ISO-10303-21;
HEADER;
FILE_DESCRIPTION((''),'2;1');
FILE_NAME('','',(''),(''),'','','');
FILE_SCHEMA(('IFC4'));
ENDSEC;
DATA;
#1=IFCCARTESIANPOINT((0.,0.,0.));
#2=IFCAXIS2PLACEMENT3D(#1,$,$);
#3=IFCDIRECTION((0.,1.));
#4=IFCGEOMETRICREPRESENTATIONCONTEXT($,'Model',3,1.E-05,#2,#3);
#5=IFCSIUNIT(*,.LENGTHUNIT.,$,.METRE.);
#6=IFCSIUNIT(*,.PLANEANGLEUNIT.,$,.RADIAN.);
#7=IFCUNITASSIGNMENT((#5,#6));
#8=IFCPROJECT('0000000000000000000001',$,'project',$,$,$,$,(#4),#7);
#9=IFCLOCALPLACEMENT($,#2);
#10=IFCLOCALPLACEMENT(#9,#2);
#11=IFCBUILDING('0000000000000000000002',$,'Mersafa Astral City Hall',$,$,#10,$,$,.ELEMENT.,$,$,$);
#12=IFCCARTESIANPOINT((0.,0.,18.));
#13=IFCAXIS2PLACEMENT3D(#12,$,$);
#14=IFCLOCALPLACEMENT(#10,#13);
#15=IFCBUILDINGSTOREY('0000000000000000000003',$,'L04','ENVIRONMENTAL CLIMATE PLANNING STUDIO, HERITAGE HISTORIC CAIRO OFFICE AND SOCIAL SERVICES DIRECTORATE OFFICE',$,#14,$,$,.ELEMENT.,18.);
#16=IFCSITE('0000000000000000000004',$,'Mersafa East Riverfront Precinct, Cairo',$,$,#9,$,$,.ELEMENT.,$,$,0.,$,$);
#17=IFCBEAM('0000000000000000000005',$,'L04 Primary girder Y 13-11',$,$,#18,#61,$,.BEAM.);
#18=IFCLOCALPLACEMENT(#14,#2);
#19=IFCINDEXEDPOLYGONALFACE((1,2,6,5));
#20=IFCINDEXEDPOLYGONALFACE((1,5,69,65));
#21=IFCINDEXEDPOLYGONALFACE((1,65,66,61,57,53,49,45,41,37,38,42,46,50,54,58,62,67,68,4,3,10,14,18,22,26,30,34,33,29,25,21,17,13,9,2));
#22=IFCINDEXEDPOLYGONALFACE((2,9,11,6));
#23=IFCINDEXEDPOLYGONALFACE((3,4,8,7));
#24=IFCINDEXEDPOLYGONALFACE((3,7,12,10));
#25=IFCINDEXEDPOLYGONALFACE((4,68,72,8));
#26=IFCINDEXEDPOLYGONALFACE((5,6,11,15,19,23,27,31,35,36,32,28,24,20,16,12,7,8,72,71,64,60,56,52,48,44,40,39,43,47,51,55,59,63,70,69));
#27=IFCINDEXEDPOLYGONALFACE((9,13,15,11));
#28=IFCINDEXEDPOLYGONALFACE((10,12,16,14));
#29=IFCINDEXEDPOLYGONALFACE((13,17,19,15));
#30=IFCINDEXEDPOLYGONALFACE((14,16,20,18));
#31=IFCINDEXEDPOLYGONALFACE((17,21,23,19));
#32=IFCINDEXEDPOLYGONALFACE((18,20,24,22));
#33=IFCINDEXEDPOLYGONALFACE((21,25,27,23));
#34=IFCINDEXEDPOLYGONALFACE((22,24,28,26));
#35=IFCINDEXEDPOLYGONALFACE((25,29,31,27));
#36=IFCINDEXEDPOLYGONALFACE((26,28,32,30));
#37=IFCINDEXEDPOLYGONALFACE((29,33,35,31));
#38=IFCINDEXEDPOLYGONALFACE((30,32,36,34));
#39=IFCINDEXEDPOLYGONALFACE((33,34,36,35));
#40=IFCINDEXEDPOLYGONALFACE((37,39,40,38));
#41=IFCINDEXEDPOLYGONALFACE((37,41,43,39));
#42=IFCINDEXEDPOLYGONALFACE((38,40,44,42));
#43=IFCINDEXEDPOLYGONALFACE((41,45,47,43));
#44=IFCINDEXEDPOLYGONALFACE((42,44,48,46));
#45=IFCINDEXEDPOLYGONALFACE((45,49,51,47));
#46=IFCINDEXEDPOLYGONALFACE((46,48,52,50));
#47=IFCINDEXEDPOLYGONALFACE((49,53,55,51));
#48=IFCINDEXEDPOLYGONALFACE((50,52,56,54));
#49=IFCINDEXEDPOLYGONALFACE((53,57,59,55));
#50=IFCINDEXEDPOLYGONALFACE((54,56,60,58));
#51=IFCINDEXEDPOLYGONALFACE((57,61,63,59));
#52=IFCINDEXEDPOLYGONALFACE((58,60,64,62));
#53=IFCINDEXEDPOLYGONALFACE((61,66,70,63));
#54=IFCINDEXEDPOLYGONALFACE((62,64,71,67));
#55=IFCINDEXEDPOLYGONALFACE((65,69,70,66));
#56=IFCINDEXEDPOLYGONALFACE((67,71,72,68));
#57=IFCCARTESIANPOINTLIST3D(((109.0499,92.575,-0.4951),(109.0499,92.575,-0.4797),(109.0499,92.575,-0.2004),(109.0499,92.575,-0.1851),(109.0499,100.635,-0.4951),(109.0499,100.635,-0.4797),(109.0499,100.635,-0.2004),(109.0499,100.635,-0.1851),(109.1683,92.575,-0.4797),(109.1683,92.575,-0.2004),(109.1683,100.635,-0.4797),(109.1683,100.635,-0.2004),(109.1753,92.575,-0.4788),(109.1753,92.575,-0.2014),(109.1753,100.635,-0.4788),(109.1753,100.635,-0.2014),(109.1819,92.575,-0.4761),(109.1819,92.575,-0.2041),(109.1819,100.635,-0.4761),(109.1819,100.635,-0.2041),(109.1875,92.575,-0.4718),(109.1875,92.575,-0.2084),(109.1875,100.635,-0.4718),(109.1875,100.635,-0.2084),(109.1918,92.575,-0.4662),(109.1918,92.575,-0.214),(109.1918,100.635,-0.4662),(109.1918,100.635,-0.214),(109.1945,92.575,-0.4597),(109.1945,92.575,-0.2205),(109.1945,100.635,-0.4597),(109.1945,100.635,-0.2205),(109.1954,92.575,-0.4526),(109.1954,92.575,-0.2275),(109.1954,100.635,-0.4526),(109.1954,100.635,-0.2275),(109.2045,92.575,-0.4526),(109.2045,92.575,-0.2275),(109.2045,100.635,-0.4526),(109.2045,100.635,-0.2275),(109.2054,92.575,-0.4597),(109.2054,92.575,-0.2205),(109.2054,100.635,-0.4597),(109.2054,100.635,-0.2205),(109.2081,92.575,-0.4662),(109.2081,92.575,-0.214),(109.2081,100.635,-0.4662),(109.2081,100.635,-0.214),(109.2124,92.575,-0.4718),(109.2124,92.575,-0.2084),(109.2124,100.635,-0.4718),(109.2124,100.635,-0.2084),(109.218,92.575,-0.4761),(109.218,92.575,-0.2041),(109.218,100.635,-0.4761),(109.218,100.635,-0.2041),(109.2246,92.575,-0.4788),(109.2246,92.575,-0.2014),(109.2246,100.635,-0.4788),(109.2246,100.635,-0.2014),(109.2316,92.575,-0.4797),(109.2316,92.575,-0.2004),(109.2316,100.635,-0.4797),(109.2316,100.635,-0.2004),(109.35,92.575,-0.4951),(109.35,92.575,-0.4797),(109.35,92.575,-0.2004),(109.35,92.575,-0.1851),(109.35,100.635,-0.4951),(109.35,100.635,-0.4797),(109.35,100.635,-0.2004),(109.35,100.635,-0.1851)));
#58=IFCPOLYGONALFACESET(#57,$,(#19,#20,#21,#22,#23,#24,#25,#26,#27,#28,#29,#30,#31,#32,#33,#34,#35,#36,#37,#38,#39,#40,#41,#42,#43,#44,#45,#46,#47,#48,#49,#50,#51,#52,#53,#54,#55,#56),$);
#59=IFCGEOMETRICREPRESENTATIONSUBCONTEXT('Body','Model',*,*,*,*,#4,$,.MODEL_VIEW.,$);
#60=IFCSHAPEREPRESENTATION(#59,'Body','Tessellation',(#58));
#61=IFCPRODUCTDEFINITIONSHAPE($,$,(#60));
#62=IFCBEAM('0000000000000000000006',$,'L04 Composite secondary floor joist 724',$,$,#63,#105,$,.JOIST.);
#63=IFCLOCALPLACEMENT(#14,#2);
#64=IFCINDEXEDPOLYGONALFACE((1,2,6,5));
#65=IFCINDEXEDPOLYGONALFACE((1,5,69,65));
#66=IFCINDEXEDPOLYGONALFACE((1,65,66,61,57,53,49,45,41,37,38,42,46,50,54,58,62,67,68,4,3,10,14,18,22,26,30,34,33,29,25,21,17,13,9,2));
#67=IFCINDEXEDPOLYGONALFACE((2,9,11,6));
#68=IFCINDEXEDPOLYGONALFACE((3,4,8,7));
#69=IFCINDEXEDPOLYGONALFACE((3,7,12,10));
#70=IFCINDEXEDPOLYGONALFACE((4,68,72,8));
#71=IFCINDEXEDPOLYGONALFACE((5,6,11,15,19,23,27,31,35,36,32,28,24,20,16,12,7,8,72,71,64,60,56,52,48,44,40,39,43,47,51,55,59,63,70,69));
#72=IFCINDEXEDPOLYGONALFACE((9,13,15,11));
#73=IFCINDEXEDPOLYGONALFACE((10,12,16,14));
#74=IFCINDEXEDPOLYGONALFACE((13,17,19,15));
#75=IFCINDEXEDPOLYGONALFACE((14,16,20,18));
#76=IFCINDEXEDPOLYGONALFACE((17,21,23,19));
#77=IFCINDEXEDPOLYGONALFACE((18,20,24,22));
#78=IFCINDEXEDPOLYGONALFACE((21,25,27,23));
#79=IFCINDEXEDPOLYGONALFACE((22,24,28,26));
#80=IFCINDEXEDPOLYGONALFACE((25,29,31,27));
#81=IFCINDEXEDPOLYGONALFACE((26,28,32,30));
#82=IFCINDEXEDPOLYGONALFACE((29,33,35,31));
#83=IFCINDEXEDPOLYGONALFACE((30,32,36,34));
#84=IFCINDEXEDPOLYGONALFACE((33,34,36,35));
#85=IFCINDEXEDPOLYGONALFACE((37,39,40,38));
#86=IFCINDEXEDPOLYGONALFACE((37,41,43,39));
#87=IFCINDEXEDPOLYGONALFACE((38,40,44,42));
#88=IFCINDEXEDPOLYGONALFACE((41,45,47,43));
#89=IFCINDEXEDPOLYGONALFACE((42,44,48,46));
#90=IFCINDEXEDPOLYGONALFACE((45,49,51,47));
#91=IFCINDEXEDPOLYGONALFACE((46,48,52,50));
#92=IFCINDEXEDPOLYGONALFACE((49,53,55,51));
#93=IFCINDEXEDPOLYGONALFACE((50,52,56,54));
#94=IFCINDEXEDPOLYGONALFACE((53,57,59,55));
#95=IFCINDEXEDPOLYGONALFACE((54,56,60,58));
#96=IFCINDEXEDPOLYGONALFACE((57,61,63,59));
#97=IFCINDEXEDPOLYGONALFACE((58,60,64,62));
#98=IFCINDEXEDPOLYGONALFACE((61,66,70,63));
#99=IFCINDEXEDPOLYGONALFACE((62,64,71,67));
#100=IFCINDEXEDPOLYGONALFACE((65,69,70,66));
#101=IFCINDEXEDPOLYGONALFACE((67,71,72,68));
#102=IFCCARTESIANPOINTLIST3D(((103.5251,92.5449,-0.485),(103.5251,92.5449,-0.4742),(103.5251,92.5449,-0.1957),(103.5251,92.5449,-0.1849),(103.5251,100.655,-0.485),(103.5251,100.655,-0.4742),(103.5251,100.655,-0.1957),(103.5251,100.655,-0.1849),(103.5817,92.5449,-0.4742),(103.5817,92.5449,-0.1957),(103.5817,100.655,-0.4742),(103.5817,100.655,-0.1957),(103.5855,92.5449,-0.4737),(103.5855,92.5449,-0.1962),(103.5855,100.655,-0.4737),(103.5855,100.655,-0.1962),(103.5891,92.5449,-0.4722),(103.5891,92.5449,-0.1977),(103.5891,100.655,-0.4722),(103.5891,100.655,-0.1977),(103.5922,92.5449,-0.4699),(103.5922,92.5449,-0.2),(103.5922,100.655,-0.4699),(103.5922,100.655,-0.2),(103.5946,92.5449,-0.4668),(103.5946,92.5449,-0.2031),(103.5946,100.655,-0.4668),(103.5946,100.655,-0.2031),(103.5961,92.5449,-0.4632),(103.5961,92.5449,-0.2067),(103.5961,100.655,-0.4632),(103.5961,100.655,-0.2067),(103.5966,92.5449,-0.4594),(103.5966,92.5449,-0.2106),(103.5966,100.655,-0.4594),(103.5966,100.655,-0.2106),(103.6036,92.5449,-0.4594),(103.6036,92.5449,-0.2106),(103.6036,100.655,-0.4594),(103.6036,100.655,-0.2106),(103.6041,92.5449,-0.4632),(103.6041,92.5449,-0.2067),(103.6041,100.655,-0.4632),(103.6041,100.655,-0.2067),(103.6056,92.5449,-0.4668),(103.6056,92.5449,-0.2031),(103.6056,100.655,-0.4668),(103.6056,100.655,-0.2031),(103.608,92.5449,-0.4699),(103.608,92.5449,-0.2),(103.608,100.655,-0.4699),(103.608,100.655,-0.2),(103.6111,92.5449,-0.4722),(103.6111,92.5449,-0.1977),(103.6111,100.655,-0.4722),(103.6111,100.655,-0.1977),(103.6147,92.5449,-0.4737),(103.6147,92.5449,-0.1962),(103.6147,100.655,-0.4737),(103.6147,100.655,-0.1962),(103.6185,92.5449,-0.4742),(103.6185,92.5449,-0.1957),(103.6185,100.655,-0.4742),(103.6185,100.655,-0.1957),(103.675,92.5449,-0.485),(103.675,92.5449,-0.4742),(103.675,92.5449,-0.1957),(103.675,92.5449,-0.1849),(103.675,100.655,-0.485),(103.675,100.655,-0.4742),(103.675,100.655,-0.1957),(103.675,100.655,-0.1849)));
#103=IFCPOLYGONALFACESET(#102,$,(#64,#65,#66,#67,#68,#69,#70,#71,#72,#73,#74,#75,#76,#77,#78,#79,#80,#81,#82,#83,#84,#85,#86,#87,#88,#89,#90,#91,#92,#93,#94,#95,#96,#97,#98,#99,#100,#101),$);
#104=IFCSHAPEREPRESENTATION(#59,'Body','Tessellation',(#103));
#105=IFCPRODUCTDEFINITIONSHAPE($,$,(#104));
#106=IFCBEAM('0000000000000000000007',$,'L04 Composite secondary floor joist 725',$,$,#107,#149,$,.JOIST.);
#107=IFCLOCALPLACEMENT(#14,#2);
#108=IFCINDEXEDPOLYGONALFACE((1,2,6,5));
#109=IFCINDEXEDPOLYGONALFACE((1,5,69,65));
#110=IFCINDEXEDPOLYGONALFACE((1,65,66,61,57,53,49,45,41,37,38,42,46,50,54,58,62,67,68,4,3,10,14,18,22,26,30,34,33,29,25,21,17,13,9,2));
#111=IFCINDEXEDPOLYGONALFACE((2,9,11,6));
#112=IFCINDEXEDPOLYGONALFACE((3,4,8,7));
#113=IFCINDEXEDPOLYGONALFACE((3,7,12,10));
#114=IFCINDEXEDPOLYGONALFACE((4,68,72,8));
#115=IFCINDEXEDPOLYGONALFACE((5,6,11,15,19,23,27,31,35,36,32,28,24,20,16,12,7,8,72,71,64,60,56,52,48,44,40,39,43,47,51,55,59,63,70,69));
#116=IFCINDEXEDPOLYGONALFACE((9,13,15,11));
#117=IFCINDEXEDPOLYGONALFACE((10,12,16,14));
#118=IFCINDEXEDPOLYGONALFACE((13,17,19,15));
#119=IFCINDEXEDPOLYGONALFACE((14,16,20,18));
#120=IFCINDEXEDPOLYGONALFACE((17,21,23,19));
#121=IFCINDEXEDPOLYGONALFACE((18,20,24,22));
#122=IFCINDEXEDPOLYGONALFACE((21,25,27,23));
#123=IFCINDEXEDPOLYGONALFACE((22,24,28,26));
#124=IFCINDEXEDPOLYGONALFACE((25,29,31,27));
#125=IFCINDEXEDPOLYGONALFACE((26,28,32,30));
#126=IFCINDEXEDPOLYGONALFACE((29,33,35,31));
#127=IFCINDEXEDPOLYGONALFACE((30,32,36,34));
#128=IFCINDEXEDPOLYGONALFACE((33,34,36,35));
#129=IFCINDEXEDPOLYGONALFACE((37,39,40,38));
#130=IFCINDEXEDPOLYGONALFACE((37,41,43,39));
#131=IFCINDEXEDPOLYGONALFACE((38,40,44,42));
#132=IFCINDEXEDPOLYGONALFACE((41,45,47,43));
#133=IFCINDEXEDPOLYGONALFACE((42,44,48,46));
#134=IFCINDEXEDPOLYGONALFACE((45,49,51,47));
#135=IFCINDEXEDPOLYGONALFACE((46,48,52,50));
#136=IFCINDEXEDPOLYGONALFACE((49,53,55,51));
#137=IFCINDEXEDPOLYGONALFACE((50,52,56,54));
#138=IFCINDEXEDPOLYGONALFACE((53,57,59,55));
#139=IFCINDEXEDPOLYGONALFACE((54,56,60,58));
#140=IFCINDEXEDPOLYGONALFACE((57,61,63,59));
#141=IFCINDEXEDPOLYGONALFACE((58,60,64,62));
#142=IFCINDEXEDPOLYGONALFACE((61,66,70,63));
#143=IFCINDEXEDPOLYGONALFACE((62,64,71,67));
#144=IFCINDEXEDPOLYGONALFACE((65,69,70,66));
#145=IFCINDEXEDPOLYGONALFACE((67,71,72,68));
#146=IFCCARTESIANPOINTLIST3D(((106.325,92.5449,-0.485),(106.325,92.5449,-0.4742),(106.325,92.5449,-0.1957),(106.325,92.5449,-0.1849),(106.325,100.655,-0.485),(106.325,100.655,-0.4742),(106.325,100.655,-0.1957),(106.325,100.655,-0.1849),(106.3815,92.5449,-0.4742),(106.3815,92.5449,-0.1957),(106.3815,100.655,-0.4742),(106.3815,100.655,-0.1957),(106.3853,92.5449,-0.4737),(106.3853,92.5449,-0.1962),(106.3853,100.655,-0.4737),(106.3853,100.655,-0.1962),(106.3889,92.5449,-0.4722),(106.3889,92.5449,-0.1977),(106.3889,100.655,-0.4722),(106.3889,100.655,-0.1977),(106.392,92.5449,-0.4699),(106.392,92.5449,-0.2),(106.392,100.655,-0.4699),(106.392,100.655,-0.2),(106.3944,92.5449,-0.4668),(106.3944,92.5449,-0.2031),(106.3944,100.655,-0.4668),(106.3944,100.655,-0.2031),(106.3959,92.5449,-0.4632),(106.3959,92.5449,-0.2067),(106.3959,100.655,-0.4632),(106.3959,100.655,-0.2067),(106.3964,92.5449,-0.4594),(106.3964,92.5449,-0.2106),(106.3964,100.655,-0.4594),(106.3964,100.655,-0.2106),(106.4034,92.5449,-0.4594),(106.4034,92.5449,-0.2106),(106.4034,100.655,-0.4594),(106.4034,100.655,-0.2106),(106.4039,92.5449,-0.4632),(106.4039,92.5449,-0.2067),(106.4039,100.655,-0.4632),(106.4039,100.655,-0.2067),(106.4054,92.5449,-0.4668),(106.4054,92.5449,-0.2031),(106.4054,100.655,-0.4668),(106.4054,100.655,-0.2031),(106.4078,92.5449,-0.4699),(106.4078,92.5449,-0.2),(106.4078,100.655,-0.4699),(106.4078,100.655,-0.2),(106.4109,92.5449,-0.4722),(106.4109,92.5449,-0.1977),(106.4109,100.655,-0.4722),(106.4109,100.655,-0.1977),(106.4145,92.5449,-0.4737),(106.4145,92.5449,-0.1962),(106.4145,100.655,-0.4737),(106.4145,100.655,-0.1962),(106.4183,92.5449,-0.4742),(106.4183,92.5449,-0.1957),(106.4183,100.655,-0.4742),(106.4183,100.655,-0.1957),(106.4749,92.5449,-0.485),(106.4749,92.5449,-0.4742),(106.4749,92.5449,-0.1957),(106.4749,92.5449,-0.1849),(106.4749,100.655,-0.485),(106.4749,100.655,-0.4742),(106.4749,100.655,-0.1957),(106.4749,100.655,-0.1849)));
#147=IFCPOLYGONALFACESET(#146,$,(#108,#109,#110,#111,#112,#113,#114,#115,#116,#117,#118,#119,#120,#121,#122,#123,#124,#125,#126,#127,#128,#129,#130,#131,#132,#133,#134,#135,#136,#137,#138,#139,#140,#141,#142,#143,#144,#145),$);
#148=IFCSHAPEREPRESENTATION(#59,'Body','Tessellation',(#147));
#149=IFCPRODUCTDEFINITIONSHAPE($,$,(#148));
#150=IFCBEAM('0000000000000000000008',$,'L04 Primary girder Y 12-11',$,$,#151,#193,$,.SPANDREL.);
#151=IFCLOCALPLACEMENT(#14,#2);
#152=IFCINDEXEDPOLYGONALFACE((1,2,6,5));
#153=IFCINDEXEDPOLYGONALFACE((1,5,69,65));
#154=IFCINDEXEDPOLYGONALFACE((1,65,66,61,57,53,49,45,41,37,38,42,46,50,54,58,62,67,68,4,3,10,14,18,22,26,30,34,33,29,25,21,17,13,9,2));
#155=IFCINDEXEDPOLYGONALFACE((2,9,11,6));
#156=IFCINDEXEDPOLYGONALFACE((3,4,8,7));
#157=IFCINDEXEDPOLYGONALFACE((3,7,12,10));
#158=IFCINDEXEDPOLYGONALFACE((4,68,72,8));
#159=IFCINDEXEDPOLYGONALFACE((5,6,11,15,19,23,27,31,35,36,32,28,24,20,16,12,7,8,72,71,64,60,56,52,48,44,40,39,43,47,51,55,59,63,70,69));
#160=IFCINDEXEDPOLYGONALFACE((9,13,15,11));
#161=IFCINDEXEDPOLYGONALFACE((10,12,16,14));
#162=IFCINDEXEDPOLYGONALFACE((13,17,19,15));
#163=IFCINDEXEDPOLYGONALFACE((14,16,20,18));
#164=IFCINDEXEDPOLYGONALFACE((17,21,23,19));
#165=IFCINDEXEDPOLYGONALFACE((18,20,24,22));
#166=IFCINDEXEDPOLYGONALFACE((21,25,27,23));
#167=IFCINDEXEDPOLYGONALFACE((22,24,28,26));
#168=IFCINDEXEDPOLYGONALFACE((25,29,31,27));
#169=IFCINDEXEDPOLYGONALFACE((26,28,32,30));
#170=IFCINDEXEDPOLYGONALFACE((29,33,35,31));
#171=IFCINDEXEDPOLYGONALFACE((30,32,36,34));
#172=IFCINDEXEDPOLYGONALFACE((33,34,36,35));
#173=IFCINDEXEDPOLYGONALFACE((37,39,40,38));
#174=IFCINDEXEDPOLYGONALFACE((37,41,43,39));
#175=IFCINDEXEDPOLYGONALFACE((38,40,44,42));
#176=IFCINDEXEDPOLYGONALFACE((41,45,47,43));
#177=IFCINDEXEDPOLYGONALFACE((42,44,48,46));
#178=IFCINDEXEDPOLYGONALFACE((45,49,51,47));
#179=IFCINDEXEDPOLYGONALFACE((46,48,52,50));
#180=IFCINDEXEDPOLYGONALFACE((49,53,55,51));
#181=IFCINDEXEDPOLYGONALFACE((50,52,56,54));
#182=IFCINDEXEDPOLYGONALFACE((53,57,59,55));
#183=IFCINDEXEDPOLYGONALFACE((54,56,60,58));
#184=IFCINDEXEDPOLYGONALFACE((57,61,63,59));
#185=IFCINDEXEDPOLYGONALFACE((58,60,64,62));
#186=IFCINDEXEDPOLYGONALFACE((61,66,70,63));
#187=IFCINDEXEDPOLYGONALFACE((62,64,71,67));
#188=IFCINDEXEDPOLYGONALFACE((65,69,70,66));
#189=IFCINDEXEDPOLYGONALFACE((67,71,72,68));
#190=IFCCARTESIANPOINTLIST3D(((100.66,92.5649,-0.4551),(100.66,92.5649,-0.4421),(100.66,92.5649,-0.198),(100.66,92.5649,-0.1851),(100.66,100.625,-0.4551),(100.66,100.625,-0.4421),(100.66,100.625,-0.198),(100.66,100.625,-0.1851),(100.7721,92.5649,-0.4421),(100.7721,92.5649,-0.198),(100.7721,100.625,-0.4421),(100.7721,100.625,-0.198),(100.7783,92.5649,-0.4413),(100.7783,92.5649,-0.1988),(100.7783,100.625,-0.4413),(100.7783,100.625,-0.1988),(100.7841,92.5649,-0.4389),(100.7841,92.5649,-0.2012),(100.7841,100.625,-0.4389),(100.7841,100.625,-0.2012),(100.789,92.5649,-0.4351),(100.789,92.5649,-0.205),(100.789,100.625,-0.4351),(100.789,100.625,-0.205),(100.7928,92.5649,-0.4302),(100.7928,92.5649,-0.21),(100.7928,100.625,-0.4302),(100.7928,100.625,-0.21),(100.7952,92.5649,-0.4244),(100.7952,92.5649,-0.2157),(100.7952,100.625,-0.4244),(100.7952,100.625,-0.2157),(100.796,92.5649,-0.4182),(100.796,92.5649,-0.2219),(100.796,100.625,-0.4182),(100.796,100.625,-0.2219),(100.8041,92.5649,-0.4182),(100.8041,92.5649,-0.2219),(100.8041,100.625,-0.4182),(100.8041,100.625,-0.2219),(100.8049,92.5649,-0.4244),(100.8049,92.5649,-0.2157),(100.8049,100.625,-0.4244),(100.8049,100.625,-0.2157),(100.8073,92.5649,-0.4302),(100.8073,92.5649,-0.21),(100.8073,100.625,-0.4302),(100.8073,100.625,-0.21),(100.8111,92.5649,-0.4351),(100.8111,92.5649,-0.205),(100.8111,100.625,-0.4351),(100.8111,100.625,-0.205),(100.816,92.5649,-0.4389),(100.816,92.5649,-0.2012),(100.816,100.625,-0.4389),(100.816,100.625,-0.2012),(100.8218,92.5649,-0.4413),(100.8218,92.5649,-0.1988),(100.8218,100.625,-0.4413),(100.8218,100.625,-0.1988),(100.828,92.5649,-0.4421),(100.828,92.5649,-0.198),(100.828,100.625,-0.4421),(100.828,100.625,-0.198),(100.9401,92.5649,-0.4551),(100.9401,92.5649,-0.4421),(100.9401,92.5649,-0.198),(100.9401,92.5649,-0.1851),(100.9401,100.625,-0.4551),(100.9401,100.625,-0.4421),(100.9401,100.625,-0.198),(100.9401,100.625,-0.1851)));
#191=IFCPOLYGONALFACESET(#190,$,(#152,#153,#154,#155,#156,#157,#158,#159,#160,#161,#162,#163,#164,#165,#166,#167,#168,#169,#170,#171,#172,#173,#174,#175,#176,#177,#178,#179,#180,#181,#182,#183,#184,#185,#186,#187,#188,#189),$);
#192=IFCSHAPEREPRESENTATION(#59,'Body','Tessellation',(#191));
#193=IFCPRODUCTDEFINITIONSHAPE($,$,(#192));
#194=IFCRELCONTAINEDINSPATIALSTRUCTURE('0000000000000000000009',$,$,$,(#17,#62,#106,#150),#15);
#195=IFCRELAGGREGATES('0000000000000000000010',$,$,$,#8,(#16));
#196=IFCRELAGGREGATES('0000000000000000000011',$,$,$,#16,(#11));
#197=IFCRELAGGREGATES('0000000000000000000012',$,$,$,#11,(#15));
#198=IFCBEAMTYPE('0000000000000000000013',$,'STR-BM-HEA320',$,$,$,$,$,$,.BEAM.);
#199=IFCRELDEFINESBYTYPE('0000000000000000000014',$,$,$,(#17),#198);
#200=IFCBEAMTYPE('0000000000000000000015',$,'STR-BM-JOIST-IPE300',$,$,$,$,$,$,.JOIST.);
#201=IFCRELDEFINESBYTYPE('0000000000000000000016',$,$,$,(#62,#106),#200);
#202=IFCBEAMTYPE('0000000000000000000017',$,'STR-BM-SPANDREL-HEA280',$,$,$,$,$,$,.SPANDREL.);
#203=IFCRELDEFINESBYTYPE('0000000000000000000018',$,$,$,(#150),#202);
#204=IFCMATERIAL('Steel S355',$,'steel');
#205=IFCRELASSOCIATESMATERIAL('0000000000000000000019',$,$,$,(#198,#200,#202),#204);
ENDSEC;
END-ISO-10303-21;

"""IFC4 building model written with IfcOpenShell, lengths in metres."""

from ifc_helpers import new_model, si_unit, direction, frame, origin, origin_2d, place, context, subcontext, project, spatial, i_section, extrude, material, material_profile, profile_set, type_object, element, save


model = new_model("IFC4")

# Units and contexts
model_context = context("Model", 3, precision=1e-05, world=origin(), true_north=direction((0.0, 1.0)))
body_context = subcontext(model_context, "Body", "Model", "MODEL_VIEW")
ifc_project = project(units=[si_unit("LENGTHUNIT", "METRE"), si_unit("PLANEANGLEUNIT", "RADIAN")], contexts=[model_context])

# Site, building, storey
site_placement = place(None, origin())
site = spatial("IfcSite", under=ifc_project, at=site_placement, Name="Mersafa East Riverfront Precinct, Cairo", CompositionType="ELEMENT", RefElevation=0.0)
building_placement = place(site_placement, origin())
building = spatial("IfcBuilding", under=site, at=building_placement, Name="Mersafa Astral City Hall", CompositionType="ELEMENT")
storey_placement = place(building_placement, frame((0.0, 0.0, 18.0)))
storey = spatial("IfcBuildingStorey", under=building, at=storey_placement, Name="L04", Description="ENVIRONMENTAL CLIMATE PLANNING STUDIO, HERITAGE HISTORIC CAIRO OFFICE AND SOCIAL SERVICES DIRECTORATE OFFICE", CompositionType="ELEMENT", Elevation=18.0)

# Shared definitions
ifc_material_1 = material(Name="Steel S355", Category="steel")

# Beams
ifc_material_profile_1 = material_profile(ifc_material_1, i_section(OverallWidth=0.3, OverallDepth=0.3101, WebThickness=0.009, FlangeThickness=0.0154, FilletRadius=0.0271, at=origin_2d()), Name="HEA 320")
ifc_profile_set_1 = profile_set([ifc_material_profile_1], Name="Steel S355")
beam_type_1 = type_object("IfcBeamType", Name="STR-BM-HEA320", PredefinedType="BEAM", material=ifc_profile_set_1)
beam_1_placement = place(storey_placement, frame((109.2, 92.575, -0.3401), z_axis=(0.0, 1.0, 0.0), x_axis=(-1.0, 0.0, 0.0)))
element("IfcBeam", 1, at=beam_1_placement, inside=storey, type_object=beam_type_1, Name="L04 Primary girder Y 13-11", PredefinedType="BEAM", context=body_context, shape_type="SweptSolid", body=[
    extrude(i_section(OverallWidth=0.3, OverallDepth=0.3101, WebThickness=0.009, FlangeThickness=0.0154, FilletRadius=0.0271, at=origin_2d()), origin(), (0.0, 0.0, 1.0), 8.0601),
])
ifc_material_profile_2 = material_profile(ifc_material_1, i_section(OverallWidth=0.1499, OverallDepth=0.3, WebThickness=0.0071, FlangeThickness=0.0107, FilletRadius=0.0149, at=origin_2d()), Name="IPE 300")
ifc_profile_set_2 = profile_set([ifc_material_profile_2], Name="Steel S355")
beam_type_2 = type_object("IfcBeamType", Name="STR-BM-JOIST-IPE300", PredefinedType="JOIST", material=ifc_profile_set_2)
for number, where, z_axis, x_axis, name in (
    (2, (103.6001, 92.5449, -0.335), (0.0, 1.0, 0.0), (-1.0, 0.0, 0.0), "L04 Composite secondary floor joist 724"),
    (3, (106.3999, 92.5449, -0.335), (0.0, 1.0, 0.0), (-1.0, 0.0, 0.0), "L04 Composite secondary floor joist 725"),
):
    element("IfcBeam", number, at=place(storey_placement, frame(where, z_axis=z_axis, x_axis=x_axis)), inside=storey, type_object=beam_type_2, Name=name, PredefinedType="JOIST", context=body_context, shape_type="SweptSolid", body=[
        extrude(i_section(OverallWidth=0.1499, OverallDepth=0.3, WebThickness=0.0071, FlangeThickness=0.0107, FilletRadius=0.0149, at=origin_2d()), origin(), (0.0, 0.0, 1.0), 8.1101),
    ])
ifc_material_profile_3 = material_profile(ifc_material_1, i_section(OverallWidth=0.28, OverallDepth=0.27, WebThickness=0.0081, FlangeThickness=0.0129, FilletRadius=0.0239, at=origin_2d()), Name="HEA 280")
ifc_profile_set_3 = profile_set([ifc_material_profile_3], Name="Steel S355")
beam_type_3 = type_object("IfcBeamType", Name="STR-BM-SPANDREL-HEA280", PredefinedType="SPANDREL", material=ifc_profile_set_3)
beam_2_placement = place(storey_placement, frame((100.8, 92.5649, -0.3201), z_axis=(0.0, 1.0, 0.0), x_axis=(-1.0, 0.0, 0.0)))
element("IfcBeam", 4, at=beam_2_placement, inside=storey, type_object=beam_type_3, Name="L04 Primary girder Y 12-11", PredefinedType="SPANDREL", context=body_context, shape_type="SweptSolid", body=[
    extrude(i_section(OverallWidth=0.28, OverallDepth=0.27, WebThickness=0.0081, FlangeThickness=0.0129, FilletRadius=0.0239, at=origin_2d()), origin(), (0.0, 0.0, 1.0), 8.0601),
])

save(model, "model.ifc")
